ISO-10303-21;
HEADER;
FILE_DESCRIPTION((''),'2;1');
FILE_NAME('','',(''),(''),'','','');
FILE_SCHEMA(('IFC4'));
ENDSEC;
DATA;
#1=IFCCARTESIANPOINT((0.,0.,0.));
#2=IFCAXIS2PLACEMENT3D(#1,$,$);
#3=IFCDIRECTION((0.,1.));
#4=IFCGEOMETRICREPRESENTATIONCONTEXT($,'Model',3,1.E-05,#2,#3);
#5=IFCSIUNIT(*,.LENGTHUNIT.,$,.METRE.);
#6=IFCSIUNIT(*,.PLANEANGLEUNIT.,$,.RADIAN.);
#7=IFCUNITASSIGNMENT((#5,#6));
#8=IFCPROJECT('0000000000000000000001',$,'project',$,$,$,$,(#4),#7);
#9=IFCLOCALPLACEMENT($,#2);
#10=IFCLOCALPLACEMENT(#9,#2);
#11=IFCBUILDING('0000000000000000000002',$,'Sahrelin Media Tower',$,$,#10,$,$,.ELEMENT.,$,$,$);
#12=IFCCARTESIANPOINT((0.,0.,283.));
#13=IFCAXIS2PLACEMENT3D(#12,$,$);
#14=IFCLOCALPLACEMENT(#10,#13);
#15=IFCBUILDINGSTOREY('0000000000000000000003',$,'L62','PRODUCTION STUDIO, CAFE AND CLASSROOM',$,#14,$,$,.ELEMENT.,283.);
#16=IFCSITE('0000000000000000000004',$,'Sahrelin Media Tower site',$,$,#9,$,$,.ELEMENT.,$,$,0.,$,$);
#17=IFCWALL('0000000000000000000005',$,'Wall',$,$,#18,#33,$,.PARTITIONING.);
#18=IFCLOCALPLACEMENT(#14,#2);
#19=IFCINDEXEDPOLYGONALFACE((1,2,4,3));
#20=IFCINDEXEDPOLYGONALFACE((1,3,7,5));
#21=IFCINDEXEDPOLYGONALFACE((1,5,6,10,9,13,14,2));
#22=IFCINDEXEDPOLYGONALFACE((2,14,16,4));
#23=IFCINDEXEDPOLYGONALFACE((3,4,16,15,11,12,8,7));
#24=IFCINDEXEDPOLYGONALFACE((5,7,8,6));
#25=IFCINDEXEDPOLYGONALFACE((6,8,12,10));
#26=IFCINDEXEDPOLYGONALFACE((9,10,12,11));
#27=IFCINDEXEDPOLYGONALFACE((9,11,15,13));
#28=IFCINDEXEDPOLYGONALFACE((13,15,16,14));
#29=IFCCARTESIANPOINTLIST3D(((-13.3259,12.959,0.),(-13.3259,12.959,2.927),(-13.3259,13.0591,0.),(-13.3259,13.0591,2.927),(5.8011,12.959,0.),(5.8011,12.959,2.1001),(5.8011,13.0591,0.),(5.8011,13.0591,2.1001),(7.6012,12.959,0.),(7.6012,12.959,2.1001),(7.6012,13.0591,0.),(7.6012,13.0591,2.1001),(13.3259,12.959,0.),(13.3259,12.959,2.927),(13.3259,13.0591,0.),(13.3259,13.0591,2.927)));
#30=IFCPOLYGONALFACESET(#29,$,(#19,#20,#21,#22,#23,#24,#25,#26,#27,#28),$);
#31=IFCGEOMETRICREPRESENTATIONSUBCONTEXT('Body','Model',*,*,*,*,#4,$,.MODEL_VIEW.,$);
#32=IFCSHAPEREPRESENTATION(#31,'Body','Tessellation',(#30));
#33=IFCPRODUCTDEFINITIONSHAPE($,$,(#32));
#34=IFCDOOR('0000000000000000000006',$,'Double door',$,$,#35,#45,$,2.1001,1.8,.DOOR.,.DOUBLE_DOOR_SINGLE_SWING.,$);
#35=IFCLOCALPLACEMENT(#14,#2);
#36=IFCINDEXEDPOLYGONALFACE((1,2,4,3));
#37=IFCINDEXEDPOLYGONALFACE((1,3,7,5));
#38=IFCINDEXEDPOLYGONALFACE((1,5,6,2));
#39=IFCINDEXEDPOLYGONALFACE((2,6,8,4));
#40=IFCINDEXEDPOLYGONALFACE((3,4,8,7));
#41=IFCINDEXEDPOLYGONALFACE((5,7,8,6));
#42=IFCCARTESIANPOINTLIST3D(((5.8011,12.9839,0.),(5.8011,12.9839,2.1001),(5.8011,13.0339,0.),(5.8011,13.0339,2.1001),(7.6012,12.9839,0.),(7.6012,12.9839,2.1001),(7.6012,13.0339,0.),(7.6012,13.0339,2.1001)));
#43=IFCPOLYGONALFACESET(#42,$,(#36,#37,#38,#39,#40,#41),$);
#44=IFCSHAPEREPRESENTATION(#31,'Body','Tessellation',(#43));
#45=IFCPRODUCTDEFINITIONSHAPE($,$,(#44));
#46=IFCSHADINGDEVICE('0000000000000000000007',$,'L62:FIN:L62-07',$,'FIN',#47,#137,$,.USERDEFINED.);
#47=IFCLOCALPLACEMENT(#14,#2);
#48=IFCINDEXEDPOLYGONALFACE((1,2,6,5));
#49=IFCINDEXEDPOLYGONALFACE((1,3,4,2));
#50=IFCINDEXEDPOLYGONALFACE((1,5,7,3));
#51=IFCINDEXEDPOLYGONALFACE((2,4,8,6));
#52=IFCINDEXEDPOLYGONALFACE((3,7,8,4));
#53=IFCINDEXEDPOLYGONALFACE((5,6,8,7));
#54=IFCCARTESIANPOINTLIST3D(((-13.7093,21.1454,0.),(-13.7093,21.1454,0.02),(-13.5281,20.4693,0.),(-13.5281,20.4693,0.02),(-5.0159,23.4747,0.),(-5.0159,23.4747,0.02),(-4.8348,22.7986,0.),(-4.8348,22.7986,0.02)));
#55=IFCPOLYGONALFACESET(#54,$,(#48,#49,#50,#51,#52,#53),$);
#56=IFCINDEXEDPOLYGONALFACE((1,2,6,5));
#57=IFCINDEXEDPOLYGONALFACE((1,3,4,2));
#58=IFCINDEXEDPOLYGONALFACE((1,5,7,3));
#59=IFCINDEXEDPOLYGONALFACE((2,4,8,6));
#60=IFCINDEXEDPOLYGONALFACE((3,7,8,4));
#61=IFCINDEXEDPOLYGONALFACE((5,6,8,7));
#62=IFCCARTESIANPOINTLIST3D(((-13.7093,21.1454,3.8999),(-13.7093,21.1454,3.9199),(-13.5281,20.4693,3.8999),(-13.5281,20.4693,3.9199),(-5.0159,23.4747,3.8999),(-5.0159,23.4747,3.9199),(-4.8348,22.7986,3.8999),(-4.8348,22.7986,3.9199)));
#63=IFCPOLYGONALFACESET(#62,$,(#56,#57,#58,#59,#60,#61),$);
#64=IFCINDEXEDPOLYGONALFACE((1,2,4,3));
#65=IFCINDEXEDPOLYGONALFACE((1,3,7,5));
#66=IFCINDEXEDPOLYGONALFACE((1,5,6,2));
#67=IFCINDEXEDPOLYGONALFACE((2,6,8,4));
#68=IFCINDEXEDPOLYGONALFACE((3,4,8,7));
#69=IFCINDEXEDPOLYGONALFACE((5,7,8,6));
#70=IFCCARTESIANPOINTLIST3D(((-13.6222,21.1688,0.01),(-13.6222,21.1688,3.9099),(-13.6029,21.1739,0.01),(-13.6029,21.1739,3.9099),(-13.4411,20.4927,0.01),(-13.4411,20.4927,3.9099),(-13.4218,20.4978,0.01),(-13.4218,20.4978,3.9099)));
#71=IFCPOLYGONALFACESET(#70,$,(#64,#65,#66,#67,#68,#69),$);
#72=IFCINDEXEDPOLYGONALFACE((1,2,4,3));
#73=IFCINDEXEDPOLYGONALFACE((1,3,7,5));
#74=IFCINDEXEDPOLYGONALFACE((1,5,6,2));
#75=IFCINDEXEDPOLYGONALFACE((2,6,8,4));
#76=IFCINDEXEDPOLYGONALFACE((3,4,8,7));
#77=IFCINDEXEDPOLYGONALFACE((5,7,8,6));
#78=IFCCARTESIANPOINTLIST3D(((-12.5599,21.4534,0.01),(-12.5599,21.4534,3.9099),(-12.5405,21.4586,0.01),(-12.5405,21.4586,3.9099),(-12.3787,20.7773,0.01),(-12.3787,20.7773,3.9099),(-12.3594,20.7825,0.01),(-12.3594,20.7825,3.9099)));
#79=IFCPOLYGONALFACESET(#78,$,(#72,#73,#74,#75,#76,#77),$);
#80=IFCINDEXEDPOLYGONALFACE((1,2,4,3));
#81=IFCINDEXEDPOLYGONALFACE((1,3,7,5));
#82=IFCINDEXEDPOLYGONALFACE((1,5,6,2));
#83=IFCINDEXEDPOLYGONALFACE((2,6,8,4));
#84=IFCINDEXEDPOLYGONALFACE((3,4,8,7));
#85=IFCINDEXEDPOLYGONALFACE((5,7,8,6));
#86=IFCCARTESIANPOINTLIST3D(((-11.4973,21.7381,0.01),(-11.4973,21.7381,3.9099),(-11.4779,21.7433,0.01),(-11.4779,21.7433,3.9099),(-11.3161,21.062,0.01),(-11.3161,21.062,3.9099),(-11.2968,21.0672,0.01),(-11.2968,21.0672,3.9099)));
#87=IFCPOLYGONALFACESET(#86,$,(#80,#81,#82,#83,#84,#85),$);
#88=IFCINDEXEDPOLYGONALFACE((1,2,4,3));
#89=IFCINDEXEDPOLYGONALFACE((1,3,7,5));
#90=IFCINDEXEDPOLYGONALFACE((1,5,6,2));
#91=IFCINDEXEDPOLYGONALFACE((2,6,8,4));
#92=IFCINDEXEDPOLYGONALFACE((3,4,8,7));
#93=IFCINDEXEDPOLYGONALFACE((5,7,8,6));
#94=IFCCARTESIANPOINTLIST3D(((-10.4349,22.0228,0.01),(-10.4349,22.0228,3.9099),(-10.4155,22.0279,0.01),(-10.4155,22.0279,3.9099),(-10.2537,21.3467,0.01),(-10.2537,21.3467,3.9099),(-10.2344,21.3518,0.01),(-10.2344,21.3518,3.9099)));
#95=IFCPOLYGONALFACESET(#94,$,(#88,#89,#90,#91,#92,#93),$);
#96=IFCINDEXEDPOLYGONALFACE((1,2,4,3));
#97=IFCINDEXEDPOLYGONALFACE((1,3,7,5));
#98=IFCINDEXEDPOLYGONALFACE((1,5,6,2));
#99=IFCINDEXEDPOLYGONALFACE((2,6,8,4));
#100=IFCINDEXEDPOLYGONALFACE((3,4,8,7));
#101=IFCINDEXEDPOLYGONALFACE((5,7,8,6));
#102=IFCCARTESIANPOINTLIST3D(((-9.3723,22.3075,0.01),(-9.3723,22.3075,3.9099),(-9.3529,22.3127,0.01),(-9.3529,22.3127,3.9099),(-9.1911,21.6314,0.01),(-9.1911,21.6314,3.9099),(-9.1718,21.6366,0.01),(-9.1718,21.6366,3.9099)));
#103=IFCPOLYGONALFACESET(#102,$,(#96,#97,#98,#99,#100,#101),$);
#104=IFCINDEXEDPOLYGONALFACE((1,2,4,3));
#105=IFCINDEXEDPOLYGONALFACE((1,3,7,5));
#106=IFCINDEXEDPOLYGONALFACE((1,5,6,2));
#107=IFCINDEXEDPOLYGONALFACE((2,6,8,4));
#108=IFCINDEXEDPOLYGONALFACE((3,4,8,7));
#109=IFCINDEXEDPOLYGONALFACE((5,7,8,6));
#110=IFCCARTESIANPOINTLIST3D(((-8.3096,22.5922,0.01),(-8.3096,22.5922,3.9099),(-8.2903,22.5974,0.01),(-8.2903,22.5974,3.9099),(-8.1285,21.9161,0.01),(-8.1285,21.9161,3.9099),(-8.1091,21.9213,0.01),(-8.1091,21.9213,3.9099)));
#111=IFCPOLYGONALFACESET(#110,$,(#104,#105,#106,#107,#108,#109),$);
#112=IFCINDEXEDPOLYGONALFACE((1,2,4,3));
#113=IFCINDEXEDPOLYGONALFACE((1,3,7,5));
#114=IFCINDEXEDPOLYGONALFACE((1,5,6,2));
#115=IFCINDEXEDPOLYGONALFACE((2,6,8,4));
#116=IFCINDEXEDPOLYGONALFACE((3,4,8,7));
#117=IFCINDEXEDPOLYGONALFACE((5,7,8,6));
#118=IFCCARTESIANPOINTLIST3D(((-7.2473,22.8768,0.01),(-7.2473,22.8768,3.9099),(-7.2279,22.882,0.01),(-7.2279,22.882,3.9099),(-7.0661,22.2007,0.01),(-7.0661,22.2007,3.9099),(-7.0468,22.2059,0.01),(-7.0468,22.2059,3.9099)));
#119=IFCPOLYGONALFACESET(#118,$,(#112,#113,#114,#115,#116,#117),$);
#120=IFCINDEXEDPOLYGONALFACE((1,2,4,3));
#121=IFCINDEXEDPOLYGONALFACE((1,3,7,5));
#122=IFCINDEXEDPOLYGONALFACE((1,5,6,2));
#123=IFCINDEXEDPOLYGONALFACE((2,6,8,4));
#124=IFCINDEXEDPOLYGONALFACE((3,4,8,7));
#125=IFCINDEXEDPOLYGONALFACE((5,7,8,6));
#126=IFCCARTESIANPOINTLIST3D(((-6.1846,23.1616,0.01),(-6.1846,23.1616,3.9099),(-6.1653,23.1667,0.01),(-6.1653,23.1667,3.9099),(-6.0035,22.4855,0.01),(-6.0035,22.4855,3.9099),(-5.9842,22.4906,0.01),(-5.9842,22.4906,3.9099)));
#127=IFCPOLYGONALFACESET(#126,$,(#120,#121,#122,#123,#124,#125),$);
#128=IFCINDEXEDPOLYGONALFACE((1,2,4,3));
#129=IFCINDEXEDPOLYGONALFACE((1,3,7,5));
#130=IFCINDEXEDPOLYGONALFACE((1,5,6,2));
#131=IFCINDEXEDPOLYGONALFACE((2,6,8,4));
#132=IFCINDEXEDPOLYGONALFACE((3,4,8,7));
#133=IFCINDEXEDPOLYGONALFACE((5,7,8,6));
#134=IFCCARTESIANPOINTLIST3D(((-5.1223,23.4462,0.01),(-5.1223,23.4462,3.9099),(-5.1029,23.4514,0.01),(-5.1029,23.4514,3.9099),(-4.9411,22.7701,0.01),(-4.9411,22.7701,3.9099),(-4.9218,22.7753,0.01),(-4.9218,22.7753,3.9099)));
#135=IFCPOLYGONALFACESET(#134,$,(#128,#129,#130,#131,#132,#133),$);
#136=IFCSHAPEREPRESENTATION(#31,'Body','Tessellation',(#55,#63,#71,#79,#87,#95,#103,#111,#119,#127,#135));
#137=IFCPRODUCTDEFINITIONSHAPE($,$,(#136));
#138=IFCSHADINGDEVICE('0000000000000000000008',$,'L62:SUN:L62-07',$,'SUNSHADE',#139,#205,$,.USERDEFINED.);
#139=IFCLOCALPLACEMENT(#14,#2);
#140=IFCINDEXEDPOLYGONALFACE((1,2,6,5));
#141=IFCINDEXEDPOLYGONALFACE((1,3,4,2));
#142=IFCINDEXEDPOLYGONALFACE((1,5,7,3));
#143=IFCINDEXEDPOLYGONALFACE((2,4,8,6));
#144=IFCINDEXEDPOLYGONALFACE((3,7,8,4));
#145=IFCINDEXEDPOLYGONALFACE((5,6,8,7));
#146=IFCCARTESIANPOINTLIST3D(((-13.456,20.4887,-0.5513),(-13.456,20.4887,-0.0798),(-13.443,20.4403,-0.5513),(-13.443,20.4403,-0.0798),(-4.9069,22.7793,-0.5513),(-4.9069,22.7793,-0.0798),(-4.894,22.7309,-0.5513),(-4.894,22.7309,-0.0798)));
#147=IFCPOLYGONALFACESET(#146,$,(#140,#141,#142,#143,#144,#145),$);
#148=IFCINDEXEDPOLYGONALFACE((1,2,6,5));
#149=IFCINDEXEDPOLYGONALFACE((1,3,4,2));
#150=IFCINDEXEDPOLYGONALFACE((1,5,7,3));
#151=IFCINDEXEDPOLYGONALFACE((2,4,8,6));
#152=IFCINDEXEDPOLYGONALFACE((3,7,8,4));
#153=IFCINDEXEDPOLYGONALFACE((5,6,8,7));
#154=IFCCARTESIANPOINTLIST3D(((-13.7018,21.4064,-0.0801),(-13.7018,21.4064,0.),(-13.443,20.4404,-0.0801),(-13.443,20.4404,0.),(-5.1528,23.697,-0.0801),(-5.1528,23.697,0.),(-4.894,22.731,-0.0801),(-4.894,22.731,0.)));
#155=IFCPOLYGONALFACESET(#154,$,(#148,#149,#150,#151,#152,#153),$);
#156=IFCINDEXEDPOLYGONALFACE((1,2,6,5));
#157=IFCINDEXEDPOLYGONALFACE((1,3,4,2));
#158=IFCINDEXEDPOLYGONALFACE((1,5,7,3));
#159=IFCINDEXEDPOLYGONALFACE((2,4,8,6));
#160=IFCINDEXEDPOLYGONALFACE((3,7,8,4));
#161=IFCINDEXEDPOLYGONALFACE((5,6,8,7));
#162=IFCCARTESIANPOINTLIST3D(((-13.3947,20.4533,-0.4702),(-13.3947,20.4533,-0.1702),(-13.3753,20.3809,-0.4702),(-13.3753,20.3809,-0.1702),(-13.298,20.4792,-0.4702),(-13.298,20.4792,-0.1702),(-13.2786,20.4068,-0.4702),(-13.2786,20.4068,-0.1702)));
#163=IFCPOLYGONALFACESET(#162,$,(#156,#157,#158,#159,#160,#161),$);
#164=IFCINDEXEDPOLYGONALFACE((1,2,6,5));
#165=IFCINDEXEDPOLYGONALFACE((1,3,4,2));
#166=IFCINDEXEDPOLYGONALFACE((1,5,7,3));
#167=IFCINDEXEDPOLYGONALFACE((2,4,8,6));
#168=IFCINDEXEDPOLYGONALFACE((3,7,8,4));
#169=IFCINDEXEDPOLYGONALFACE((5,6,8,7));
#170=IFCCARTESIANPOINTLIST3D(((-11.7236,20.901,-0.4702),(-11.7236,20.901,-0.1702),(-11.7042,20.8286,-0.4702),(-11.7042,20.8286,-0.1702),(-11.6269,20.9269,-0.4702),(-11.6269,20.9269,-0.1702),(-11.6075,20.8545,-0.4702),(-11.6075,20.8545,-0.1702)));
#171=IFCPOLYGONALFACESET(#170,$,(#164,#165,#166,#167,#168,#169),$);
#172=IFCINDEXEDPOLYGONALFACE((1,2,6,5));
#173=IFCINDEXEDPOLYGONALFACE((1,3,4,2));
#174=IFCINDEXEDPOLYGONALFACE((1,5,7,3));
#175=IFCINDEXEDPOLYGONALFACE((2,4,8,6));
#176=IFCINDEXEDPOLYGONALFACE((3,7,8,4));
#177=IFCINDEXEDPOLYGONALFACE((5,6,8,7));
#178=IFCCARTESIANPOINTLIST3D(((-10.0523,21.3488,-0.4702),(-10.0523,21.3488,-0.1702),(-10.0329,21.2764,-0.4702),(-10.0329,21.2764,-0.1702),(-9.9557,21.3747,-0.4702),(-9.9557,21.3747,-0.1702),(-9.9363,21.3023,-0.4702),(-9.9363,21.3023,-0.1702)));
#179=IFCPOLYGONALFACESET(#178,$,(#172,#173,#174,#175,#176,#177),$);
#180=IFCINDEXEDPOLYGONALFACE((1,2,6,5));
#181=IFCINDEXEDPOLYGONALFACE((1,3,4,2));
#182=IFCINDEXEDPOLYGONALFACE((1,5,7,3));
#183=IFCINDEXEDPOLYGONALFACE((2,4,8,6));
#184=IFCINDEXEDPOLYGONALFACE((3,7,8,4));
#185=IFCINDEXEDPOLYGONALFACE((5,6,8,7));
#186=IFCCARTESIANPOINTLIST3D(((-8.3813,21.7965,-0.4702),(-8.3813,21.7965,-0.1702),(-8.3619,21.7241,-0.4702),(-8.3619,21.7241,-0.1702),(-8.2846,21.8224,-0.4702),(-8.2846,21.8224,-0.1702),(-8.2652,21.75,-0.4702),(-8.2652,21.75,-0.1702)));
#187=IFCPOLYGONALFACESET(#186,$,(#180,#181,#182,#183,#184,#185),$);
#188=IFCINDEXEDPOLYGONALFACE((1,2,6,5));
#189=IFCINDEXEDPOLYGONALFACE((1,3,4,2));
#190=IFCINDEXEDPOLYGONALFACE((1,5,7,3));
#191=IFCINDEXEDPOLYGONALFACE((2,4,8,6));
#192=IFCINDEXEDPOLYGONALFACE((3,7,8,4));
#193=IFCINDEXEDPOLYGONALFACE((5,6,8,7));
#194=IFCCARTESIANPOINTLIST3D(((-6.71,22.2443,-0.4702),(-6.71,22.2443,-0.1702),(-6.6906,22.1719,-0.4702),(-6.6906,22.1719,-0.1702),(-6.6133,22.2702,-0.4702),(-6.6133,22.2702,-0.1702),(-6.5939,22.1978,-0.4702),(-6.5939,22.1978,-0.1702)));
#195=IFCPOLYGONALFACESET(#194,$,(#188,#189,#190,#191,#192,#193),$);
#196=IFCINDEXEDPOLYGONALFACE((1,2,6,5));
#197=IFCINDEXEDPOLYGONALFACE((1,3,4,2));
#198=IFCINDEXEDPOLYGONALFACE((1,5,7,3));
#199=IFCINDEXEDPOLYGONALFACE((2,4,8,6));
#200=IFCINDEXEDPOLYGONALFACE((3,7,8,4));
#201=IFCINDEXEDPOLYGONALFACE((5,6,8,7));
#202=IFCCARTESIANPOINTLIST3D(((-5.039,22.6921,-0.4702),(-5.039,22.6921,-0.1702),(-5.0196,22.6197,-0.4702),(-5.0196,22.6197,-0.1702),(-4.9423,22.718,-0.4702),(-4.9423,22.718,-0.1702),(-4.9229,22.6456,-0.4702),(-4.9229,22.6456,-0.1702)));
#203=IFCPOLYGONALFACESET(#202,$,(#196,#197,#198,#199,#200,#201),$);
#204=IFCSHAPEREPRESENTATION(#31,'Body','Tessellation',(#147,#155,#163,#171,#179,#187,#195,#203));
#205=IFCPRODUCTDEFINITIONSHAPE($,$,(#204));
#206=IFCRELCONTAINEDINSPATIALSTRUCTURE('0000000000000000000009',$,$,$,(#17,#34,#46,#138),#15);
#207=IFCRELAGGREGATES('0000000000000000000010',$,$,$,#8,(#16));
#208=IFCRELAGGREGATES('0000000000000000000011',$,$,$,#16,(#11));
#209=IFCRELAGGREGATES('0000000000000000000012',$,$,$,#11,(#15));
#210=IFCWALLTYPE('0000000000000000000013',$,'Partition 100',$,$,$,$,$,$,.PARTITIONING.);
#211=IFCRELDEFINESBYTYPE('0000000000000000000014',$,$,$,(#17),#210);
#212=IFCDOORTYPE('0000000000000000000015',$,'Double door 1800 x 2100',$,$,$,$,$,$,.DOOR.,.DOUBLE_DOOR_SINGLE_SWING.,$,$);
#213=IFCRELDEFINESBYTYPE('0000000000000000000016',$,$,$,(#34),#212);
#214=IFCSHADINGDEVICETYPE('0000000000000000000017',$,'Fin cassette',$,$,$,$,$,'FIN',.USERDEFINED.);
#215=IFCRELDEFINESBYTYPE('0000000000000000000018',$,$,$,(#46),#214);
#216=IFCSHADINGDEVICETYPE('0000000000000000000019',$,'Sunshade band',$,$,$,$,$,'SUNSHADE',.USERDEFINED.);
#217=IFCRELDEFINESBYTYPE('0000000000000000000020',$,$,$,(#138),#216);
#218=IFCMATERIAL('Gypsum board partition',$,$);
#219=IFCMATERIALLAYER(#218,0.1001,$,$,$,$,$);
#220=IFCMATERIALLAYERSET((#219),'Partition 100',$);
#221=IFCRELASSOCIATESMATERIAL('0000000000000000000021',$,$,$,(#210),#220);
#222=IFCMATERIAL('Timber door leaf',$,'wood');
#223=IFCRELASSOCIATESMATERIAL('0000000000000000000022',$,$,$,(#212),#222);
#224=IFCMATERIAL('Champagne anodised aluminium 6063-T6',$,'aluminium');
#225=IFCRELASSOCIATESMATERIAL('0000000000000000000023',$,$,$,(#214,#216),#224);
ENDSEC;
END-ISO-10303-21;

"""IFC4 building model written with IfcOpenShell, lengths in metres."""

from ifc_helpers import new_model, si_unit, direction, frame, frame_2d, origin, origin_2d, place, context, subcontext, project, spatial, rectangle, extrude, material, layer, layer_set, type_object, element, fill, save


model = new_model("IFC4")

# Units and contexts
model_context = context("Model", 3, precision=1e-05, world=origin(), true_north=direction((0.0, 1.0)))
body_context = subcontext(model_context, "Body", "Model", "MODEL_VIEW")
ifc_project = project(units=[si_unit("LENGTHUNIT", "METRE"), si_unit("PLANEANGLEUNIT", "RADIAN")], contexts=[model_context])

# Site, building, storey
site_placement = place(None, origin())
site = spatial("IfcSite", under=ifc_project, at=site_placement, Name="Sahrelin Media Tower site", CompositionType="ELEMENT", RefElevation=0.0)
building_placement = place(site_placement, origin())
building = spatial("IfcBuilding", under=site, at=building_placement, Name="Sahrelin Media Tower", CompositionType="ELEMENT")
storey_placement = place(building_placement, frame((0.0, 0.0, 283.0)))
storey = spatial("IfcBuildingStorey", under=building, at=storey_placement, Name="L62", Description="PRODUCTION STUDIO, CAFE AND CLASSROOM", CompositionType="ELEMENT", Elevation=283.0)

# Shared definitions
ifc_material_1 = material(Name="Champagne anodised aluminium 6063-T6", Category="aluminium")

# Wall, opening, door
ifc_material_2 = material(Name="Gypsum board partition")
ifc_layer_1 = layer(ifc_material_2, 0.1001)
ifc_layer_set_1 = layer_set([ifc_layer_1], Name="Partition 100")
wall_type_1 = type_object("IfcWallType", Name="Partition 100", PredefinedType="PARTITIONING", material=ifc_layer_set_1)
wall_1_placement = place(storey_placement, frame((-13.3259, 13.009, 0.0), z_axis=(0.0, 0.0, 1.0), x_axis=(1.0, 0.0, 0.0)))
wall_1 = element("IfcWall", 1, at=wall_1_placement, inside=storey, type_object=wall_type_1, Name="Wall", PredefinedType="PARTITIONING", context=body_context, shape_type="SweptSolid", body=[
    extrude(rectangle(XDim=26.6519, YDim=0.1001, at=frame_2d((13.3259, 0.0))), origin(), (0.0, 0.0, 1.0), 2.927),
])
opening_1_placement = place(wall_1_placement, frame((19.1272, 0.0, 0.0)))
opening_1 = element("IfcOpeningElement", 2, at=opening_1_placement, cuts=wall_1, PredefinedType="OPENING", context=body_context, shape_type="SweptSolid", body=[
    extrude(rectangle(XDim=1.8, YDim=2.1001, at=frame_2d((0.8999, 1.05))), frame((0.0, 0.05, 0.0), z_axis=(0.0, -1.0, 0.0), x_axis=(1.0, 0.0, 0.0)), (0.0, 0.0, 1.0), 0.1001),
])
ifc_material_3 = material(Name="Timber door leaf", Category="wood")
door_type_1 = type_object("IfcDoorType", Name="Double door 1800 x 2100", OperationType="DOUBLE_DOOR_SINGLE_SWING", PredefinedType="DOOR", material=ifc_material_3)
door_1_placement = place(opening_1_placement, origin())
door_1 = element("IfcDoor", 3, at=door_1_placement, inside=storey, type_object=door_type_1, Name="Double door", OperationType="DOUBLE_DOOR_SINGLE_SWING", OverallHeight=2.1001, OverallWidth=1.8, PredefinedType="DOOR", context=body_context, shape_type="SweptSolid", body=[
    extrude(rectangle(XDim=1.8, YDim=2.1001, at=frame_2d((0.8999, 1.05))), frame((0.0, 0.0249, 0.0), z_axis=(0.0, -1.0, 0.0), x_axis=(1.0, 0.0, 0.0)), (0.0, 0.0, 1.0), 0.05),
])
fill(opening_1, door_1)

# Shading devices
shading_device_type_1 = type_object("IfcShadingDeviceType", Name="Fin cassette", ElementType="FIN", PredefinedType="USERDEFINED", material=ifc_material_1)
placement = place(storey_placement, frame((-9.1633, 21.5664, 0.0), z_axis=(0.0, 0.0, 1.0), x_axis=(0.965929, 0.258808, 0.0)))
element("IfcShadingDevice", 4, at=placement, inside=storey, type_object=shading_device_type_1, Name="L62:FIN:L62-07", ObjectType="FIN", PredefinedType="USERDEFINED", context=body_context, shape_type="SweptSolid", body=[
    extrude(rectangle(XDim=9.0, YDim=0.7, at=origin_2d()), frame((0.0, 0.4199, 0.0)), (0.0, 0.0, 1.0), 0.02),
    extrude(rectangle(XDim=9.0, YDim=0.7, at=origin_2d()), frame((0.0, 0.4199, 3.8999)), (0.0, 0.0, 1.0), 0.02),
    extrude(rectangle(XDim=0.02, YDim=0.7, at=origin_2d()), frame((-4.3999, 0.4199, 0.01), z_axis=(0.0, 0.0, 1.0), x_axis=(1.0, 0.0, 0.0)), (0.0, 0.0, 1.0), 3.8999),
    extrude(rectangle(XDim=0.02, YDim=0.7, at=origin_2d()), frame((-3.3, 0.4199, 0.01), z_axis=(0.0, 0.0, 1.0), x_axis=(1.0, 0.0, 0.0)), (0.0, 0.0, 1.0), 3.8999),
    extrude(rectangle(XDim=0.02, YDim=0.7, at=origin_2d()), frame((-2.2, 0.4199, 0.01), z_axis=(0.0, 0.0, 1.0), x_axis=(1.0, 0.0, 0.0)), (0.0, 0.0, 1.0), 3.8999),
    extrude(rectangle(XDim=0.02, YDim=0.7, at=origin_2d()), frame((-1.1001, 0.4199, 0.01), z_axis=(0.0, 0.0, 1.0), x_axis=(1.0, 0.0, 0.0)), (0.0, 0.0, 1.0), 3.8999),
    extrude(rectangle(XDim=0.02, YDim=0.7, at=origin_2d()), frame((0.0, 0.4199, 0.01), z_axis=(0.0, 0.0, 1.0), x_axis=(1.0, 0.0, 0.0)), (0.0, 0.0, 1.0), 3.8999),
    extrude(rectangle(XDim=0.02, YDim=0.7, at=origin_2d()), frame((1.1001, 0.4199, 0.01), z_axis=(0.0, 0.0, 1.0), x_axis=(1.0, 0.0, 0.0)), (0.0, 0.0, 1.0), 3.8999),
    extrude(rectangle(XDim=0.02, YDim=0.7, at=origin_2d()), frame((2.2, 0.4199, 0.01), z_axis=(0.0, 0.0, 1.0), x_axis=(1.0, 0.0, 0.0)), (0.0, 0.0, 1.0), 3.8999),
    extrude(rectangle(XDim=0.02, YDim=0.7, at=origin_2d()), frame((3.3, 0.4199, 0.01), z_axis=(0.0, 0.0, 1.0), x_axis=(1.0, 0.0, 0.0)), (0.0, 0.0, 1.0), 3.8999),
    extrude(rectangle(XDim=0.02, YDim=0.7, at=origin_2d()), frame((4.3999, 0.4199, 0.01), z_axis=(0.0, 0.0, 1.0), x_axis=(1.0, 0.0, 0.0)), (0.0, 0.0, 1.0), 3.8999),
])
shading_device_type_2 = type_object("IfcShadingDeviceType", Name="Sunshade band", ElementType="SUNSHADE", PredefinedType="USERDEFINED", material=ifc_material_1)
element("IfcShadingDevice", 5, at=placement, inside=storey, type_object=shading_device_type_2, Name="L62:SUN:L62-07", ObjectType="SUNSHADE", PredefinedType="USERDEFINED", context=body_context, shape_type="SweptSolid", body=[
    extrude(rectangle(XDim=8.8506, YDim=0.05, at=origin_2d()), frame((0.0, 0.0449, -0.5513)), (0.0, 0.0, 1.0), 0.4714),
    extrude(rectangle(XDim=8.8506, YDim=1.0, at=origin_2d()), frame((0.0, 0.52, -0.0801)), (0.0, 0.0, 1.0), 0.0801),
    extrude(rectangle(XDim=0.1001, YDim=0.075, at=origin_2d()), frame((-4.3252, -0.0176, -0.4702)), (0.0, 0.0, 1.0), 0.3),
    extrude(rectangle(XDim=0.1001, YDim=0.075, at=origin_2d()), frame((-2.5952, -0.0176, -0.4702)), (0.0, 0.0, 1.0), 0.3),
    extrude(rectangle(XDim=0.1001, YDim=0.075, at=origin_2d()), frame((-0.865, -0.0176, -0.4702)), (0.0, 0.0, 1.0), 0.3),
    extrude(rectangle(XDim=0.1001, YDim=0.075, at=origin_2d()), frame((0.865, -0.0176, -0.4702)), (0.0, 0.0, 1.0), 0.3),
    extrude(rectangle(XDim=0.1001, YDim=0.075, at=origin_2d()), frame((2.5952, -0.0176, -0.4702)), (0.0, 0.0, 1.0), 0.3),
    extrude(rectangle(XDim=0.1001, YDim=0.075, at=origin_2d()), frame((4.3252, -0.0176, -0.4702)), (0.0, 0.0, 1.0), 0.3),
])

save(model, "model.ifc")
